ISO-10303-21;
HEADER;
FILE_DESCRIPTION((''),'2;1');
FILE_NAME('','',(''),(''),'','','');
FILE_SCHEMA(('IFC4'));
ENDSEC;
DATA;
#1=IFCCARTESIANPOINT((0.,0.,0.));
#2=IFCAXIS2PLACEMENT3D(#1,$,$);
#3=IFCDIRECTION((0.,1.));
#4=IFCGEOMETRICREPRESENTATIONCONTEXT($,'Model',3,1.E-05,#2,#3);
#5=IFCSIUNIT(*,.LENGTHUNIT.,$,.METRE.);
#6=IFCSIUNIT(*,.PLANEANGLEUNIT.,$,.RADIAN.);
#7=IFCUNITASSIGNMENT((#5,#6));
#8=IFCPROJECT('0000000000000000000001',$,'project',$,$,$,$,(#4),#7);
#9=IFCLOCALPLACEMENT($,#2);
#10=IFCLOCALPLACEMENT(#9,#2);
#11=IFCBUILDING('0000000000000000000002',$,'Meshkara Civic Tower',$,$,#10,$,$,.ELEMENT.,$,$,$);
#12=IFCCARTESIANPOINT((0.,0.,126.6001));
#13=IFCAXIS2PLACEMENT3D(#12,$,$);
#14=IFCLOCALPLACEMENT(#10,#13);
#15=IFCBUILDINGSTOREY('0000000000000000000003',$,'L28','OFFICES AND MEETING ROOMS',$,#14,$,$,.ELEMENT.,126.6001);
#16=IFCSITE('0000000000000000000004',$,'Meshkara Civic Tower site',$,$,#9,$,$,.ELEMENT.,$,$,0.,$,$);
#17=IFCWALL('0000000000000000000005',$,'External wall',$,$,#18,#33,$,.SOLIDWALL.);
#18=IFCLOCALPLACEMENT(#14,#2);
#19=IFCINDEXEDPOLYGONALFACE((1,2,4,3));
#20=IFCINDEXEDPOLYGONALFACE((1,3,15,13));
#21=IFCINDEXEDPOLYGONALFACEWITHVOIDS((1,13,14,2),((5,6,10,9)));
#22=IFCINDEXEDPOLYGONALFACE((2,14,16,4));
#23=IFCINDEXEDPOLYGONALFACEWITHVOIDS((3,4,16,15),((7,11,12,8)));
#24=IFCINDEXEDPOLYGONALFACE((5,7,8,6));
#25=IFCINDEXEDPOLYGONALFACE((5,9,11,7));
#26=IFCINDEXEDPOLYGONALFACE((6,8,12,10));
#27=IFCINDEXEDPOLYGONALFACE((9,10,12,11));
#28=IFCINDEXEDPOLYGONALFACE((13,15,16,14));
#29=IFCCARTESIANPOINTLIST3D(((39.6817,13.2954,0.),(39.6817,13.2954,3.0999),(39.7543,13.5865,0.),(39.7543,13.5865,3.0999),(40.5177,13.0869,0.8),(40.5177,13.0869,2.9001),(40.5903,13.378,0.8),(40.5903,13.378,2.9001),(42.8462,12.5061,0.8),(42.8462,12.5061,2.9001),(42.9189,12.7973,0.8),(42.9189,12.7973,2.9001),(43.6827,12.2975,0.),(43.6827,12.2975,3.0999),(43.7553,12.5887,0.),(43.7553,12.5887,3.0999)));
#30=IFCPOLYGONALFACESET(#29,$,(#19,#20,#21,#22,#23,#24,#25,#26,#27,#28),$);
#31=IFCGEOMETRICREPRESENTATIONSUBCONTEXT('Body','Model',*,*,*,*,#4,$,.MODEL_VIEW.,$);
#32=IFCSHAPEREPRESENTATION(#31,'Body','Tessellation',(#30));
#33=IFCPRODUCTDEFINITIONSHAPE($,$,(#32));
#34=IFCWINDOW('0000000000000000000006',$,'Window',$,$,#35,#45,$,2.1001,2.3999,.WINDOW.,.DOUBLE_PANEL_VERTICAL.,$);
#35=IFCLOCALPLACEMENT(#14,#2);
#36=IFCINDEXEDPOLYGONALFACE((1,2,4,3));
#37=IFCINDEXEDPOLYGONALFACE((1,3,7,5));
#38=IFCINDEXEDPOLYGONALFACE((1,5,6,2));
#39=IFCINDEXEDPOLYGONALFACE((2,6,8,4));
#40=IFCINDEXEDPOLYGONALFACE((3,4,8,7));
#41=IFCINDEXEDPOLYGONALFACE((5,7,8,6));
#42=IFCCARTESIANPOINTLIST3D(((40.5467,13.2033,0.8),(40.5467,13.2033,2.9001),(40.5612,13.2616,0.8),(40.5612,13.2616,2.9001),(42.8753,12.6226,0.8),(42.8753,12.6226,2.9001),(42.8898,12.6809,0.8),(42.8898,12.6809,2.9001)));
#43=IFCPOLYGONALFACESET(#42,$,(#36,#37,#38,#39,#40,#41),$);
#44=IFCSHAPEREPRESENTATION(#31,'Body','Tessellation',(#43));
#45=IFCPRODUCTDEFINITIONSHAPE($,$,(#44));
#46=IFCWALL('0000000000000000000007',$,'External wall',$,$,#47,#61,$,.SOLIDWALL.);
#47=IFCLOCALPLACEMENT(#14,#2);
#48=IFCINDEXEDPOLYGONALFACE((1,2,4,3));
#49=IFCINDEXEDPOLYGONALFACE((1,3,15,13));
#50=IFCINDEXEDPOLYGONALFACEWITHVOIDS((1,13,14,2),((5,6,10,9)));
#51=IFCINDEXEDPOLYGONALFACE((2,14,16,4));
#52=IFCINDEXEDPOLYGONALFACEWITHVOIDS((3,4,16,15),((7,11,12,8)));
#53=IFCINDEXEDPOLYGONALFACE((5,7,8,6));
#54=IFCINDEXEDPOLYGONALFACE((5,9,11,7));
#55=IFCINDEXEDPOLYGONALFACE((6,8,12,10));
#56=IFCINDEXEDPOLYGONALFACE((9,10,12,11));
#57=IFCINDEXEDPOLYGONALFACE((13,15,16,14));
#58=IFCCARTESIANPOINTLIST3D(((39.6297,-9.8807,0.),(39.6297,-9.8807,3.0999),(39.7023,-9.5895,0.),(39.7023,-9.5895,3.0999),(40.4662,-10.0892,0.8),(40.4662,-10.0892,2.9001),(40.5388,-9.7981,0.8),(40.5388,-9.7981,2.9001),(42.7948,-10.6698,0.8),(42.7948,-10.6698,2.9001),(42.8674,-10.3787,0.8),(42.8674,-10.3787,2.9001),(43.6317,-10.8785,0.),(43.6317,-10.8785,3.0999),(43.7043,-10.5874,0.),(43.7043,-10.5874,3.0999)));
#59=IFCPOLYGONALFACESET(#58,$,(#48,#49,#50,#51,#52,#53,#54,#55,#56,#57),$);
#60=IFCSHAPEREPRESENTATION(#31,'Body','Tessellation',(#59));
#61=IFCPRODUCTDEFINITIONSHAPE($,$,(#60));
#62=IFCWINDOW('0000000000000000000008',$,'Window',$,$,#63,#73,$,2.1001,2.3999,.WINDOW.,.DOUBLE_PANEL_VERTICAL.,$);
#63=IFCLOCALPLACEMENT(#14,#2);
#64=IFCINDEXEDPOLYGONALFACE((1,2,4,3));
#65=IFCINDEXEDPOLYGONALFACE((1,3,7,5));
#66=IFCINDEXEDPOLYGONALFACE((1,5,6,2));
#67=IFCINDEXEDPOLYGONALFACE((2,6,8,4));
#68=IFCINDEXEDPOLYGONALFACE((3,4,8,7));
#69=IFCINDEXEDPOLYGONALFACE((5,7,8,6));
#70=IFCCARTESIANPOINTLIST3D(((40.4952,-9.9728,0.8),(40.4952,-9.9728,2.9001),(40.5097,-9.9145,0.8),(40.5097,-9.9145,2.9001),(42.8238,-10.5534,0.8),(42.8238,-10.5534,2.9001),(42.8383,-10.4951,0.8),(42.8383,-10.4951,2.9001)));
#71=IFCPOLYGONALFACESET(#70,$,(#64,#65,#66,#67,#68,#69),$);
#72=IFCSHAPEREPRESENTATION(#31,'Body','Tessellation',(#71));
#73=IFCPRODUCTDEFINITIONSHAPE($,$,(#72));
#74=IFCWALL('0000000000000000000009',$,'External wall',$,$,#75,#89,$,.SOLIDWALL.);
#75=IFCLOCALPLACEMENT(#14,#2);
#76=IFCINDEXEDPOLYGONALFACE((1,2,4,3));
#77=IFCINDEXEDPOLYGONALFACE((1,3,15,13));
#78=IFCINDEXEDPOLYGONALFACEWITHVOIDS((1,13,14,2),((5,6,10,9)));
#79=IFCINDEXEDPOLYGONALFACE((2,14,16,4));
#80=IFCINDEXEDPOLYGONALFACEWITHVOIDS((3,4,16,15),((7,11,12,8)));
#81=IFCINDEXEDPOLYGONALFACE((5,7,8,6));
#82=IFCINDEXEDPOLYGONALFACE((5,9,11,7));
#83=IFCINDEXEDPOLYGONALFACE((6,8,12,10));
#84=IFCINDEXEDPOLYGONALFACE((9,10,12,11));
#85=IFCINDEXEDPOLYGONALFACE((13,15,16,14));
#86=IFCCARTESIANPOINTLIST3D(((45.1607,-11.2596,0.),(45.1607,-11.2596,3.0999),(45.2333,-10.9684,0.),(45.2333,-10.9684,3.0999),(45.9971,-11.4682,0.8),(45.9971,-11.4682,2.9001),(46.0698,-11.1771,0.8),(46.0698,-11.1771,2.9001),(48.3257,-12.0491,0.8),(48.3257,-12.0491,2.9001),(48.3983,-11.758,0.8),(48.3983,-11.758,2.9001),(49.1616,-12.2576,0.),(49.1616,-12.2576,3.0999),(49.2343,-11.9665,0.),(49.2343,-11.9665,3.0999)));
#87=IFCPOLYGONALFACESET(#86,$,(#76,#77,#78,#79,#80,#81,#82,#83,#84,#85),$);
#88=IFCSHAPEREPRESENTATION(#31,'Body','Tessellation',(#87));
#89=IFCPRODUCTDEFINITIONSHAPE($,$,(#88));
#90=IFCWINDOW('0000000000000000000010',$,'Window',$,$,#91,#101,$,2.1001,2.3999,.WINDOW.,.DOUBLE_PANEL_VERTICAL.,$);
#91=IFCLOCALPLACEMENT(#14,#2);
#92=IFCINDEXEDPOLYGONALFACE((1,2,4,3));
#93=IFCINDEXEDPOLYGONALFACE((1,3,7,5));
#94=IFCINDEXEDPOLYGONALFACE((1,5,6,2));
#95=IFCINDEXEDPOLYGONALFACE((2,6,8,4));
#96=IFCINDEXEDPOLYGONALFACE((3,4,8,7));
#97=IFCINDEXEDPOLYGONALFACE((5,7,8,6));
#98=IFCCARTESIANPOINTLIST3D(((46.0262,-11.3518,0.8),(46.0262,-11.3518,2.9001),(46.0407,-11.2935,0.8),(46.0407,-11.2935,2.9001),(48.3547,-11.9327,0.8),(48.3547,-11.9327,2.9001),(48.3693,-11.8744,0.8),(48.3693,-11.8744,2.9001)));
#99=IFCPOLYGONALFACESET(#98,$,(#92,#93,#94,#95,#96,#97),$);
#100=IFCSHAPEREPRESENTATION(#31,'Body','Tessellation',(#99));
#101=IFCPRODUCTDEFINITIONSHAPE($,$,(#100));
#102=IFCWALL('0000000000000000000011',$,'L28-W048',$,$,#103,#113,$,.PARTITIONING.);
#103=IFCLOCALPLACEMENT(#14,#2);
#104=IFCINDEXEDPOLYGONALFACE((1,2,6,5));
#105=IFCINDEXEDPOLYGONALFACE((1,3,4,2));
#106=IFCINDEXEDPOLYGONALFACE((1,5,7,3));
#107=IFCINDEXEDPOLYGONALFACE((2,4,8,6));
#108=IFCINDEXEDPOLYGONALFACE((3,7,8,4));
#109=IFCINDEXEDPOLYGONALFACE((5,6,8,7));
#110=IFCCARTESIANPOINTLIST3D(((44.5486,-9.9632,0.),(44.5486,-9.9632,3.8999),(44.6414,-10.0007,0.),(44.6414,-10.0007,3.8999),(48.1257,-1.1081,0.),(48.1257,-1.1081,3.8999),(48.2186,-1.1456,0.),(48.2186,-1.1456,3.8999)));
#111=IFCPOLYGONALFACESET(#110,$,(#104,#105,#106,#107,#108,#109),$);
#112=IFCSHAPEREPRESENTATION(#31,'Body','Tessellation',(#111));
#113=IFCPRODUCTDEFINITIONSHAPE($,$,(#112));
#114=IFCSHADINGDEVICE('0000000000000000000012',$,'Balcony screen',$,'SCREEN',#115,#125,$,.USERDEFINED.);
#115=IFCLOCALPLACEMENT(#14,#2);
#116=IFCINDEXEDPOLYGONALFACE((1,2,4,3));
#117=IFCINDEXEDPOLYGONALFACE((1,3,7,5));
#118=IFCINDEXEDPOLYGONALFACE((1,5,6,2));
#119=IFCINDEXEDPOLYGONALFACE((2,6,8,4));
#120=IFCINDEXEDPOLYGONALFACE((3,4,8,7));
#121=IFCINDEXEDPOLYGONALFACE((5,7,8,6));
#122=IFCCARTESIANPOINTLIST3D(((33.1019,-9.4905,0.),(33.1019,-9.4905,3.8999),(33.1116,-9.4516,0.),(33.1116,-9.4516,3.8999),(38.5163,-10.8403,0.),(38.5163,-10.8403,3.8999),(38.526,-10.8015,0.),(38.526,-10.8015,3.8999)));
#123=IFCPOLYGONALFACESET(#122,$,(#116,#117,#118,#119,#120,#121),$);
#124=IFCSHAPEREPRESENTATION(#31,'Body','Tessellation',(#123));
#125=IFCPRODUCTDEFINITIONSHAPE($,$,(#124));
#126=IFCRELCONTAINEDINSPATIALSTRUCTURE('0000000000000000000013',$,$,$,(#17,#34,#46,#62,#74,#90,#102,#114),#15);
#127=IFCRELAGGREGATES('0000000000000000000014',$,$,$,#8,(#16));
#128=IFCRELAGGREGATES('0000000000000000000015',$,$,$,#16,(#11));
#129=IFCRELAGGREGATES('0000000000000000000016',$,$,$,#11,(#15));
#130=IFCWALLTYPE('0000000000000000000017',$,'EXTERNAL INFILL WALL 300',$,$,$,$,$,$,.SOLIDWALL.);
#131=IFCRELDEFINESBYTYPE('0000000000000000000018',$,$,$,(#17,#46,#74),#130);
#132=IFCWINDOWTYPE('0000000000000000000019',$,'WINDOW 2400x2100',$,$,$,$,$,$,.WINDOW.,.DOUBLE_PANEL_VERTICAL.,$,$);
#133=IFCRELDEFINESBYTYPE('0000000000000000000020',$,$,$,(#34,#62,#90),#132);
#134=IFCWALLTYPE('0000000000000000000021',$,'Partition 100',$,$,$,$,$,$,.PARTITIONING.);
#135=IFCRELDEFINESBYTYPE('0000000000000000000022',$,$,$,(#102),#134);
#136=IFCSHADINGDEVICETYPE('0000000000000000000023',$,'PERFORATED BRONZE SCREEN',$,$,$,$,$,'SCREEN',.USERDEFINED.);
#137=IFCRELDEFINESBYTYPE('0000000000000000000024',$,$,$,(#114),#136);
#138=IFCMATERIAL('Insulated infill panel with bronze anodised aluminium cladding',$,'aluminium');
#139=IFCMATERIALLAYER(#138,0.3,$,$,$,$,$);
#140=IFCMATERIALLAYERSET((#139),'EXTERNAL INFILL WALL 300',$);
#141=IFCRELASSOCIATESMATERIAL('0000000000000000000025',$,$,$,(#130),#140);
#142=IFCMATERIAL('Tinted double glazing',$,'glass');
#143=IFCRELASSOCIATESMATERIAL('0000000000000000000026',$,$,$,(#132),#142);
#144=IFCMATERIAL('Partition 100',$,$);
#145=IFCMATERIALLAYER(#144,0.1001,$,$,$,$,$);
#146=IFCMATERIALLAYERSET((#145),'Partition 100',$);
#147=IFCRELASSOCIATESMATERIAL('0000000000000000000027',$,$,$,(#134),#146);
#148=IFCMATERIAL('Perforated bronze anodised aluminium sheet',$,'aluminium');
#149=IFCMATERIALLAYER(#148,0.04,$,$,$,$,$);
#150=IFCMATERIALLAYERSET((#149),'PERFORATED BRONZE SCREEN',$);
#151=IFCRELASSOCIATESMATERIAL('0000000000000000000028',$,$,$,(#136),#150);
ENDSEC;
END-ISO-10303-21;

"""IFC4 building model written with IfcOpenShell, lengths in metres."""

from ifc_helpers import new_model, si_unit, direction, frame, frame_2d, origin, origin_2d, place, context, subcontext, project, spatial, rectangle, extrude, material, layer, layer_set, type_object, element, fill, save


model = new_model("IFC4")

# Units and contexts
model_context = context("Model", 3, precision=1e-05, world=origin(), true_north=direction((0.0, 1.0)))
body_context = subcontext(model_context, "Body", "Model", "MODEL_VIEW")
ifc_project = project(units=[si_unit("LENGTHUNIT", "METRE"), si_unit("PLANEANGLEUNIT", "RADIAN")], contexts=[model_context])

# Site, building, storey
site_placement = place(None, origin())
site = spatial("IfcSite", under=ifc_project, at=site_placement, Name="Meshkara Civic Tower site", CompositionType="ELEMENT", RefElevation=0.0)
building_placement = place(site_placement, origin())
building = spatial("IfcBuilding", under=site, at=building_placement, Name="Meshkara Civic Tower", CompositionType="ELEMENT")
storey_placement = place(building_placement, frame((0.0, 0.0, 126.6001)))
storey = spatial("IfcBuildingStorey", under=building, at=storey_placement, Name="L28", Description="OFFICES AND MEETING ROOMS", CompositionType="ELEMENT", Elevation=126.6001)

# Walls, openings, windows
ifc_material_1 = material(Name="Insulated infill panel with bronze anodised aluminium cladding", Category="aluminium")
ifc_layer_1 = layer(ifc_material_1, 0.3)
ifc_layer_set_1 = layer_set([ifc_layer_1], Name="EXTERNAL INFILL WALL 300")
wall_type_1 = type_object("IfcWallType", Name="EXTERNAL INFILL WALL 300", PredefinedType="SOLIDWALL", material=ifc_layer_set_1)
wall_1_placement = place(storey_placement, frame((43.719, 12.4431, 0.0), z_axis=(0.0, 0.0, 1.0), x_axis=(-0.970282, 0.241978, 0.0)))
wall_1 = element("IfcWall", 1, at=wall_1_placement, inside=storey, type_object=wall_type_1, Name="External wall", PredefinedType="SOLIDWALL", context=body_context, shape_type="SweptSolid", body=[
    extrude(rectangle(XDim=4.1235, YDim=0.3, at=frame_2d((2.0618, 0.0))), origin(), (0.0, 0.0, 1.0), 3.0999),
])
opening_1_placement = place(wall_1_placement, frame((0.8621, 0.0, 0.8)))
opening_1 = element("IfcOpeningElement", 2, at=opening_1_placement, cuts=wall_1, PredefinedType="OPENING", context=body_context, shape_type="SweptSolid", body=[
    extrude(rectangle(XDim=2.3999, YDim=2.1001, at=frame_2d((1.2, 1.05))), frame((0.0, 0.1599, 0.0), z_axis=(0.0, -1.0, 0.0), x_axis=(1.0, 0.0, 0.0)), (0.0, 0.0, 1.0), 0.3201),
])
ifc_material_2 = material(Name="Tinted double glazing", Category="glass")
window_type = type_object("IfcWindowType", Name="WINDOW 2400x2100", PartitioningType="DOUBLE_PANEL_VERTICAL", PredefinedType="WINDOW", material=ifc_material_2)
window_1_placement = place(opening_1_placement, origin())
window_1 = element("IfcWindow", 3, at=window_1_placement, inside=storey, type_object=window_type, Name="Window", OverallHeight=2.1001, OverallWidth=2.3999, PartitioningType="DOUBLE_PANEL_VERTICAL", PredefinedType="WINDOW", context=body_context, shape_type="SweptSolid", body=[
    extrude(rectangle(XDim=2.3999, YDim=2.1001, at=frame_2d((1.2, 1.05))), frame((0.0, 0.03, 0.0), z_axis=(0.0, -1.0, 0.0), x_axis=(1.0, 0.0, 0.0)), (0.0, 0.0, 1.0), 0.0601),
])
fill(opening_1, window_1)
wall_2_placement = place(storey_placement, frame((39.666, -9.7351, 0.0), z_axis=(0.0, 0.0, 1.0), x_axis=(0.970296, -0.241923, 0.0)))
wall_2 = element("IfcWall", 4, at=wall_2_placement, inside=storey, type_object=wall_type_1, Name="External wall", PredefinedType="SOLIDWALL", context=body_context, shape_type="SweptSolid", body=[
    extrude(rectangle(XDim=4.1245, YDim=0.3, at=frame_2d((2.0623, 0.0))), origin(), (0.0, 0.0, 1.0), 3.0999),
])
opening_2_placement = place(wall_2_placement, frame((0.8621, 0.0, 0.8)))
opening_2 = element("IfcOpeningElement", 5, at=opening_2_placement, cuts=wall_2, PredefinedType="OPENING", context=body_context, shape_type="SweptSolid", body=[
    extrude(rectangle(XDim=2.3999, YDim=2.1001, at=frame_2d((1.2, 1.05))), frame((0.0, 0.1599, 0.0), z_axis=(0.0, -1.0, 0.0), x_axis=(1.0, 0.0, 0.0)), (0.0, 0.0, 1.0), 0.3201),
])
window_2_placement = place(opening_2_placement, origin())
window_2 = element("IfcWindow", 6, at=window_2_placement, inside=storey, type_object=window_type, Name="Window", OverallHeight=2.1001, OverallWidth=2.3999, PartitioningType="DOUBLE_PANEL_VERTICAL", PredefinedType="WINDOW", context=body_context, shape_type="SweptSolid", body=[
    extrude(rectangle(XDim=2.3999, YDim=2.1001, at=frame_2d((1.2, 1.05))), frame((0.0, 0.03, 0.0), z_axis=(0.0, -1.0, 0.0), x_axis=(1.0, 0.0, 0.0)), (0.0, 0.0, 1.0), 0.0601),
])
fill(opening_2, window_2)
wall_3_placement = place(storey_placement, frame((45.197, -11.114, 0.0), z_axis=(0.0, 0.0, 1.0), x_axis=(0.970268, -0.242034, 0.0)))
wall_3 = element("IfcWall", 7, at=wall_3_placement, inside=storey, type_object=wall_type_1, Name="External wall", PredefinedType="SOLIDWALL", context=body_context, shape_type="SweptSolid", body=[
    extrude(rectangle(XDim=4.1235, YDim=0.3, at=frame_2d((2.0618, 0.0))), origin(), (0.0, 0.0, 1.0), 3.0999),
])
opening_3_placement = place(wall_3_placement, frame((0.8621, 0.0, 0.8)))
opening_3 = element("IfcOpeningElement", 8, at=opening_3_placement, cuts=wall_3, PredefinedType="OPENING", context=body_context, shape_type="SweptSolid", body=[
    extrude(rectangle(XDim=2.3999, YDim=2.1001, at=frame_2d((1.2, 1.05))), frame((0.0, 0.1599, 0.0), z_axis=(0.0, -1.0, 0.0), x_axis=(1.0, 0.0, 0.0)), (0.0, 0.0, 1.0), 0.3201),
])
window_3_placement = place(opening_3_placement, origin())
window_3 = element("IfcWindow", 9, at=window_3_placement, inside=storey, type_object=window_type, Name="Window", OverallHeight=2.1001, OverallWidth=2.3999, PartitioningType="DOUBLE_PANEL_VERTICAL", PredefinedType="WINDOW", context=body_context, shape_type="SweptSolid", body=[
    extrude(rectangle(XDim=2.3999, YDim=2.1001, at=frame_2d((1.2, 1.05))), frame((0.0, 0.03, 0.0), z_axis=(0.0, -1.0, 0.0), x_axis=(1.0, 0.0, 0.0)), (0.0, 0.0, 1.0), 0.0601),
])
fill(opening_3, window_3)

# Wall
ifc_material_3 = material(Name="Partition 100")
ifc_layer_2 = layer(ifc_material_3, 0.1001)
ifc_layer_set_2 = layer_set([ifc_layer_2], Name="Partition 100")
wall_type_2 = type_object("IfcWallType", Name="Partition 100", PredefinedType="PARTITIONING", material=ifc_layer_set_2)
wall_4_placement = place(storey_placement, frame((44.595, -9.9819, 0.0), z_axis=(0.0, 0.0, 1.0), x_axis=(0.374562, 0.927202, 0.0)))
element("IfcWall", 10, at=wall_4_placement, inside=storey, type_object=wall_type_2, Name="L28-W048", PredefinedType="PARTITIONING", context=body_context, shape_type="SweptSolid", body=[
    extrude(rectangle(XDim=9.5503, YDim=0.1001, at=frame_2d((4.7751, 0.0))), origin(), (0.0, 0.0, 1.0), 3.8999),
])

# Shading device
ifc_material_4 = material(Name="Perforated bronze anodised aluminium sheet", Category="aluminium")
ifc_layer_3 = layer(ifc_material_4, 0.04)
ifc_layer_set_3 = layer_set([ifc_layer_3], Name="PERFORATED BRONZE SCREEN")
shading_device_type = type_object("IfcShadingDeviceType", Name="PERFORATED BRONZE SCREEN", ElementType="SCREEN", PredefinedType="USERDEFINED", material=ifc_layer_set_3)
shading_device_placement = place(storey_placement, frame((35.814, -10.146, 0.0), z_axis=(0.0, 0.0, 1.0), x_axis=(0.9703, -0.241905, 0.0)))
element("IfcShadingDevice", 11, at=shading_device_placement, inside=storey, type_object=shading_device_type, Name="Balcony screen", ObjectType="SCREEN", PredefinedType="USERDEFINED", context=body_context, shape_type="SweptSolid", body=[
    extrude(rectangle(XDim=5.5801, YDim=0.04, at=origin_2d()), origin(), (0.0, 0.0, 1.0), 3.8999),
])

save(model, "model.ifc")
